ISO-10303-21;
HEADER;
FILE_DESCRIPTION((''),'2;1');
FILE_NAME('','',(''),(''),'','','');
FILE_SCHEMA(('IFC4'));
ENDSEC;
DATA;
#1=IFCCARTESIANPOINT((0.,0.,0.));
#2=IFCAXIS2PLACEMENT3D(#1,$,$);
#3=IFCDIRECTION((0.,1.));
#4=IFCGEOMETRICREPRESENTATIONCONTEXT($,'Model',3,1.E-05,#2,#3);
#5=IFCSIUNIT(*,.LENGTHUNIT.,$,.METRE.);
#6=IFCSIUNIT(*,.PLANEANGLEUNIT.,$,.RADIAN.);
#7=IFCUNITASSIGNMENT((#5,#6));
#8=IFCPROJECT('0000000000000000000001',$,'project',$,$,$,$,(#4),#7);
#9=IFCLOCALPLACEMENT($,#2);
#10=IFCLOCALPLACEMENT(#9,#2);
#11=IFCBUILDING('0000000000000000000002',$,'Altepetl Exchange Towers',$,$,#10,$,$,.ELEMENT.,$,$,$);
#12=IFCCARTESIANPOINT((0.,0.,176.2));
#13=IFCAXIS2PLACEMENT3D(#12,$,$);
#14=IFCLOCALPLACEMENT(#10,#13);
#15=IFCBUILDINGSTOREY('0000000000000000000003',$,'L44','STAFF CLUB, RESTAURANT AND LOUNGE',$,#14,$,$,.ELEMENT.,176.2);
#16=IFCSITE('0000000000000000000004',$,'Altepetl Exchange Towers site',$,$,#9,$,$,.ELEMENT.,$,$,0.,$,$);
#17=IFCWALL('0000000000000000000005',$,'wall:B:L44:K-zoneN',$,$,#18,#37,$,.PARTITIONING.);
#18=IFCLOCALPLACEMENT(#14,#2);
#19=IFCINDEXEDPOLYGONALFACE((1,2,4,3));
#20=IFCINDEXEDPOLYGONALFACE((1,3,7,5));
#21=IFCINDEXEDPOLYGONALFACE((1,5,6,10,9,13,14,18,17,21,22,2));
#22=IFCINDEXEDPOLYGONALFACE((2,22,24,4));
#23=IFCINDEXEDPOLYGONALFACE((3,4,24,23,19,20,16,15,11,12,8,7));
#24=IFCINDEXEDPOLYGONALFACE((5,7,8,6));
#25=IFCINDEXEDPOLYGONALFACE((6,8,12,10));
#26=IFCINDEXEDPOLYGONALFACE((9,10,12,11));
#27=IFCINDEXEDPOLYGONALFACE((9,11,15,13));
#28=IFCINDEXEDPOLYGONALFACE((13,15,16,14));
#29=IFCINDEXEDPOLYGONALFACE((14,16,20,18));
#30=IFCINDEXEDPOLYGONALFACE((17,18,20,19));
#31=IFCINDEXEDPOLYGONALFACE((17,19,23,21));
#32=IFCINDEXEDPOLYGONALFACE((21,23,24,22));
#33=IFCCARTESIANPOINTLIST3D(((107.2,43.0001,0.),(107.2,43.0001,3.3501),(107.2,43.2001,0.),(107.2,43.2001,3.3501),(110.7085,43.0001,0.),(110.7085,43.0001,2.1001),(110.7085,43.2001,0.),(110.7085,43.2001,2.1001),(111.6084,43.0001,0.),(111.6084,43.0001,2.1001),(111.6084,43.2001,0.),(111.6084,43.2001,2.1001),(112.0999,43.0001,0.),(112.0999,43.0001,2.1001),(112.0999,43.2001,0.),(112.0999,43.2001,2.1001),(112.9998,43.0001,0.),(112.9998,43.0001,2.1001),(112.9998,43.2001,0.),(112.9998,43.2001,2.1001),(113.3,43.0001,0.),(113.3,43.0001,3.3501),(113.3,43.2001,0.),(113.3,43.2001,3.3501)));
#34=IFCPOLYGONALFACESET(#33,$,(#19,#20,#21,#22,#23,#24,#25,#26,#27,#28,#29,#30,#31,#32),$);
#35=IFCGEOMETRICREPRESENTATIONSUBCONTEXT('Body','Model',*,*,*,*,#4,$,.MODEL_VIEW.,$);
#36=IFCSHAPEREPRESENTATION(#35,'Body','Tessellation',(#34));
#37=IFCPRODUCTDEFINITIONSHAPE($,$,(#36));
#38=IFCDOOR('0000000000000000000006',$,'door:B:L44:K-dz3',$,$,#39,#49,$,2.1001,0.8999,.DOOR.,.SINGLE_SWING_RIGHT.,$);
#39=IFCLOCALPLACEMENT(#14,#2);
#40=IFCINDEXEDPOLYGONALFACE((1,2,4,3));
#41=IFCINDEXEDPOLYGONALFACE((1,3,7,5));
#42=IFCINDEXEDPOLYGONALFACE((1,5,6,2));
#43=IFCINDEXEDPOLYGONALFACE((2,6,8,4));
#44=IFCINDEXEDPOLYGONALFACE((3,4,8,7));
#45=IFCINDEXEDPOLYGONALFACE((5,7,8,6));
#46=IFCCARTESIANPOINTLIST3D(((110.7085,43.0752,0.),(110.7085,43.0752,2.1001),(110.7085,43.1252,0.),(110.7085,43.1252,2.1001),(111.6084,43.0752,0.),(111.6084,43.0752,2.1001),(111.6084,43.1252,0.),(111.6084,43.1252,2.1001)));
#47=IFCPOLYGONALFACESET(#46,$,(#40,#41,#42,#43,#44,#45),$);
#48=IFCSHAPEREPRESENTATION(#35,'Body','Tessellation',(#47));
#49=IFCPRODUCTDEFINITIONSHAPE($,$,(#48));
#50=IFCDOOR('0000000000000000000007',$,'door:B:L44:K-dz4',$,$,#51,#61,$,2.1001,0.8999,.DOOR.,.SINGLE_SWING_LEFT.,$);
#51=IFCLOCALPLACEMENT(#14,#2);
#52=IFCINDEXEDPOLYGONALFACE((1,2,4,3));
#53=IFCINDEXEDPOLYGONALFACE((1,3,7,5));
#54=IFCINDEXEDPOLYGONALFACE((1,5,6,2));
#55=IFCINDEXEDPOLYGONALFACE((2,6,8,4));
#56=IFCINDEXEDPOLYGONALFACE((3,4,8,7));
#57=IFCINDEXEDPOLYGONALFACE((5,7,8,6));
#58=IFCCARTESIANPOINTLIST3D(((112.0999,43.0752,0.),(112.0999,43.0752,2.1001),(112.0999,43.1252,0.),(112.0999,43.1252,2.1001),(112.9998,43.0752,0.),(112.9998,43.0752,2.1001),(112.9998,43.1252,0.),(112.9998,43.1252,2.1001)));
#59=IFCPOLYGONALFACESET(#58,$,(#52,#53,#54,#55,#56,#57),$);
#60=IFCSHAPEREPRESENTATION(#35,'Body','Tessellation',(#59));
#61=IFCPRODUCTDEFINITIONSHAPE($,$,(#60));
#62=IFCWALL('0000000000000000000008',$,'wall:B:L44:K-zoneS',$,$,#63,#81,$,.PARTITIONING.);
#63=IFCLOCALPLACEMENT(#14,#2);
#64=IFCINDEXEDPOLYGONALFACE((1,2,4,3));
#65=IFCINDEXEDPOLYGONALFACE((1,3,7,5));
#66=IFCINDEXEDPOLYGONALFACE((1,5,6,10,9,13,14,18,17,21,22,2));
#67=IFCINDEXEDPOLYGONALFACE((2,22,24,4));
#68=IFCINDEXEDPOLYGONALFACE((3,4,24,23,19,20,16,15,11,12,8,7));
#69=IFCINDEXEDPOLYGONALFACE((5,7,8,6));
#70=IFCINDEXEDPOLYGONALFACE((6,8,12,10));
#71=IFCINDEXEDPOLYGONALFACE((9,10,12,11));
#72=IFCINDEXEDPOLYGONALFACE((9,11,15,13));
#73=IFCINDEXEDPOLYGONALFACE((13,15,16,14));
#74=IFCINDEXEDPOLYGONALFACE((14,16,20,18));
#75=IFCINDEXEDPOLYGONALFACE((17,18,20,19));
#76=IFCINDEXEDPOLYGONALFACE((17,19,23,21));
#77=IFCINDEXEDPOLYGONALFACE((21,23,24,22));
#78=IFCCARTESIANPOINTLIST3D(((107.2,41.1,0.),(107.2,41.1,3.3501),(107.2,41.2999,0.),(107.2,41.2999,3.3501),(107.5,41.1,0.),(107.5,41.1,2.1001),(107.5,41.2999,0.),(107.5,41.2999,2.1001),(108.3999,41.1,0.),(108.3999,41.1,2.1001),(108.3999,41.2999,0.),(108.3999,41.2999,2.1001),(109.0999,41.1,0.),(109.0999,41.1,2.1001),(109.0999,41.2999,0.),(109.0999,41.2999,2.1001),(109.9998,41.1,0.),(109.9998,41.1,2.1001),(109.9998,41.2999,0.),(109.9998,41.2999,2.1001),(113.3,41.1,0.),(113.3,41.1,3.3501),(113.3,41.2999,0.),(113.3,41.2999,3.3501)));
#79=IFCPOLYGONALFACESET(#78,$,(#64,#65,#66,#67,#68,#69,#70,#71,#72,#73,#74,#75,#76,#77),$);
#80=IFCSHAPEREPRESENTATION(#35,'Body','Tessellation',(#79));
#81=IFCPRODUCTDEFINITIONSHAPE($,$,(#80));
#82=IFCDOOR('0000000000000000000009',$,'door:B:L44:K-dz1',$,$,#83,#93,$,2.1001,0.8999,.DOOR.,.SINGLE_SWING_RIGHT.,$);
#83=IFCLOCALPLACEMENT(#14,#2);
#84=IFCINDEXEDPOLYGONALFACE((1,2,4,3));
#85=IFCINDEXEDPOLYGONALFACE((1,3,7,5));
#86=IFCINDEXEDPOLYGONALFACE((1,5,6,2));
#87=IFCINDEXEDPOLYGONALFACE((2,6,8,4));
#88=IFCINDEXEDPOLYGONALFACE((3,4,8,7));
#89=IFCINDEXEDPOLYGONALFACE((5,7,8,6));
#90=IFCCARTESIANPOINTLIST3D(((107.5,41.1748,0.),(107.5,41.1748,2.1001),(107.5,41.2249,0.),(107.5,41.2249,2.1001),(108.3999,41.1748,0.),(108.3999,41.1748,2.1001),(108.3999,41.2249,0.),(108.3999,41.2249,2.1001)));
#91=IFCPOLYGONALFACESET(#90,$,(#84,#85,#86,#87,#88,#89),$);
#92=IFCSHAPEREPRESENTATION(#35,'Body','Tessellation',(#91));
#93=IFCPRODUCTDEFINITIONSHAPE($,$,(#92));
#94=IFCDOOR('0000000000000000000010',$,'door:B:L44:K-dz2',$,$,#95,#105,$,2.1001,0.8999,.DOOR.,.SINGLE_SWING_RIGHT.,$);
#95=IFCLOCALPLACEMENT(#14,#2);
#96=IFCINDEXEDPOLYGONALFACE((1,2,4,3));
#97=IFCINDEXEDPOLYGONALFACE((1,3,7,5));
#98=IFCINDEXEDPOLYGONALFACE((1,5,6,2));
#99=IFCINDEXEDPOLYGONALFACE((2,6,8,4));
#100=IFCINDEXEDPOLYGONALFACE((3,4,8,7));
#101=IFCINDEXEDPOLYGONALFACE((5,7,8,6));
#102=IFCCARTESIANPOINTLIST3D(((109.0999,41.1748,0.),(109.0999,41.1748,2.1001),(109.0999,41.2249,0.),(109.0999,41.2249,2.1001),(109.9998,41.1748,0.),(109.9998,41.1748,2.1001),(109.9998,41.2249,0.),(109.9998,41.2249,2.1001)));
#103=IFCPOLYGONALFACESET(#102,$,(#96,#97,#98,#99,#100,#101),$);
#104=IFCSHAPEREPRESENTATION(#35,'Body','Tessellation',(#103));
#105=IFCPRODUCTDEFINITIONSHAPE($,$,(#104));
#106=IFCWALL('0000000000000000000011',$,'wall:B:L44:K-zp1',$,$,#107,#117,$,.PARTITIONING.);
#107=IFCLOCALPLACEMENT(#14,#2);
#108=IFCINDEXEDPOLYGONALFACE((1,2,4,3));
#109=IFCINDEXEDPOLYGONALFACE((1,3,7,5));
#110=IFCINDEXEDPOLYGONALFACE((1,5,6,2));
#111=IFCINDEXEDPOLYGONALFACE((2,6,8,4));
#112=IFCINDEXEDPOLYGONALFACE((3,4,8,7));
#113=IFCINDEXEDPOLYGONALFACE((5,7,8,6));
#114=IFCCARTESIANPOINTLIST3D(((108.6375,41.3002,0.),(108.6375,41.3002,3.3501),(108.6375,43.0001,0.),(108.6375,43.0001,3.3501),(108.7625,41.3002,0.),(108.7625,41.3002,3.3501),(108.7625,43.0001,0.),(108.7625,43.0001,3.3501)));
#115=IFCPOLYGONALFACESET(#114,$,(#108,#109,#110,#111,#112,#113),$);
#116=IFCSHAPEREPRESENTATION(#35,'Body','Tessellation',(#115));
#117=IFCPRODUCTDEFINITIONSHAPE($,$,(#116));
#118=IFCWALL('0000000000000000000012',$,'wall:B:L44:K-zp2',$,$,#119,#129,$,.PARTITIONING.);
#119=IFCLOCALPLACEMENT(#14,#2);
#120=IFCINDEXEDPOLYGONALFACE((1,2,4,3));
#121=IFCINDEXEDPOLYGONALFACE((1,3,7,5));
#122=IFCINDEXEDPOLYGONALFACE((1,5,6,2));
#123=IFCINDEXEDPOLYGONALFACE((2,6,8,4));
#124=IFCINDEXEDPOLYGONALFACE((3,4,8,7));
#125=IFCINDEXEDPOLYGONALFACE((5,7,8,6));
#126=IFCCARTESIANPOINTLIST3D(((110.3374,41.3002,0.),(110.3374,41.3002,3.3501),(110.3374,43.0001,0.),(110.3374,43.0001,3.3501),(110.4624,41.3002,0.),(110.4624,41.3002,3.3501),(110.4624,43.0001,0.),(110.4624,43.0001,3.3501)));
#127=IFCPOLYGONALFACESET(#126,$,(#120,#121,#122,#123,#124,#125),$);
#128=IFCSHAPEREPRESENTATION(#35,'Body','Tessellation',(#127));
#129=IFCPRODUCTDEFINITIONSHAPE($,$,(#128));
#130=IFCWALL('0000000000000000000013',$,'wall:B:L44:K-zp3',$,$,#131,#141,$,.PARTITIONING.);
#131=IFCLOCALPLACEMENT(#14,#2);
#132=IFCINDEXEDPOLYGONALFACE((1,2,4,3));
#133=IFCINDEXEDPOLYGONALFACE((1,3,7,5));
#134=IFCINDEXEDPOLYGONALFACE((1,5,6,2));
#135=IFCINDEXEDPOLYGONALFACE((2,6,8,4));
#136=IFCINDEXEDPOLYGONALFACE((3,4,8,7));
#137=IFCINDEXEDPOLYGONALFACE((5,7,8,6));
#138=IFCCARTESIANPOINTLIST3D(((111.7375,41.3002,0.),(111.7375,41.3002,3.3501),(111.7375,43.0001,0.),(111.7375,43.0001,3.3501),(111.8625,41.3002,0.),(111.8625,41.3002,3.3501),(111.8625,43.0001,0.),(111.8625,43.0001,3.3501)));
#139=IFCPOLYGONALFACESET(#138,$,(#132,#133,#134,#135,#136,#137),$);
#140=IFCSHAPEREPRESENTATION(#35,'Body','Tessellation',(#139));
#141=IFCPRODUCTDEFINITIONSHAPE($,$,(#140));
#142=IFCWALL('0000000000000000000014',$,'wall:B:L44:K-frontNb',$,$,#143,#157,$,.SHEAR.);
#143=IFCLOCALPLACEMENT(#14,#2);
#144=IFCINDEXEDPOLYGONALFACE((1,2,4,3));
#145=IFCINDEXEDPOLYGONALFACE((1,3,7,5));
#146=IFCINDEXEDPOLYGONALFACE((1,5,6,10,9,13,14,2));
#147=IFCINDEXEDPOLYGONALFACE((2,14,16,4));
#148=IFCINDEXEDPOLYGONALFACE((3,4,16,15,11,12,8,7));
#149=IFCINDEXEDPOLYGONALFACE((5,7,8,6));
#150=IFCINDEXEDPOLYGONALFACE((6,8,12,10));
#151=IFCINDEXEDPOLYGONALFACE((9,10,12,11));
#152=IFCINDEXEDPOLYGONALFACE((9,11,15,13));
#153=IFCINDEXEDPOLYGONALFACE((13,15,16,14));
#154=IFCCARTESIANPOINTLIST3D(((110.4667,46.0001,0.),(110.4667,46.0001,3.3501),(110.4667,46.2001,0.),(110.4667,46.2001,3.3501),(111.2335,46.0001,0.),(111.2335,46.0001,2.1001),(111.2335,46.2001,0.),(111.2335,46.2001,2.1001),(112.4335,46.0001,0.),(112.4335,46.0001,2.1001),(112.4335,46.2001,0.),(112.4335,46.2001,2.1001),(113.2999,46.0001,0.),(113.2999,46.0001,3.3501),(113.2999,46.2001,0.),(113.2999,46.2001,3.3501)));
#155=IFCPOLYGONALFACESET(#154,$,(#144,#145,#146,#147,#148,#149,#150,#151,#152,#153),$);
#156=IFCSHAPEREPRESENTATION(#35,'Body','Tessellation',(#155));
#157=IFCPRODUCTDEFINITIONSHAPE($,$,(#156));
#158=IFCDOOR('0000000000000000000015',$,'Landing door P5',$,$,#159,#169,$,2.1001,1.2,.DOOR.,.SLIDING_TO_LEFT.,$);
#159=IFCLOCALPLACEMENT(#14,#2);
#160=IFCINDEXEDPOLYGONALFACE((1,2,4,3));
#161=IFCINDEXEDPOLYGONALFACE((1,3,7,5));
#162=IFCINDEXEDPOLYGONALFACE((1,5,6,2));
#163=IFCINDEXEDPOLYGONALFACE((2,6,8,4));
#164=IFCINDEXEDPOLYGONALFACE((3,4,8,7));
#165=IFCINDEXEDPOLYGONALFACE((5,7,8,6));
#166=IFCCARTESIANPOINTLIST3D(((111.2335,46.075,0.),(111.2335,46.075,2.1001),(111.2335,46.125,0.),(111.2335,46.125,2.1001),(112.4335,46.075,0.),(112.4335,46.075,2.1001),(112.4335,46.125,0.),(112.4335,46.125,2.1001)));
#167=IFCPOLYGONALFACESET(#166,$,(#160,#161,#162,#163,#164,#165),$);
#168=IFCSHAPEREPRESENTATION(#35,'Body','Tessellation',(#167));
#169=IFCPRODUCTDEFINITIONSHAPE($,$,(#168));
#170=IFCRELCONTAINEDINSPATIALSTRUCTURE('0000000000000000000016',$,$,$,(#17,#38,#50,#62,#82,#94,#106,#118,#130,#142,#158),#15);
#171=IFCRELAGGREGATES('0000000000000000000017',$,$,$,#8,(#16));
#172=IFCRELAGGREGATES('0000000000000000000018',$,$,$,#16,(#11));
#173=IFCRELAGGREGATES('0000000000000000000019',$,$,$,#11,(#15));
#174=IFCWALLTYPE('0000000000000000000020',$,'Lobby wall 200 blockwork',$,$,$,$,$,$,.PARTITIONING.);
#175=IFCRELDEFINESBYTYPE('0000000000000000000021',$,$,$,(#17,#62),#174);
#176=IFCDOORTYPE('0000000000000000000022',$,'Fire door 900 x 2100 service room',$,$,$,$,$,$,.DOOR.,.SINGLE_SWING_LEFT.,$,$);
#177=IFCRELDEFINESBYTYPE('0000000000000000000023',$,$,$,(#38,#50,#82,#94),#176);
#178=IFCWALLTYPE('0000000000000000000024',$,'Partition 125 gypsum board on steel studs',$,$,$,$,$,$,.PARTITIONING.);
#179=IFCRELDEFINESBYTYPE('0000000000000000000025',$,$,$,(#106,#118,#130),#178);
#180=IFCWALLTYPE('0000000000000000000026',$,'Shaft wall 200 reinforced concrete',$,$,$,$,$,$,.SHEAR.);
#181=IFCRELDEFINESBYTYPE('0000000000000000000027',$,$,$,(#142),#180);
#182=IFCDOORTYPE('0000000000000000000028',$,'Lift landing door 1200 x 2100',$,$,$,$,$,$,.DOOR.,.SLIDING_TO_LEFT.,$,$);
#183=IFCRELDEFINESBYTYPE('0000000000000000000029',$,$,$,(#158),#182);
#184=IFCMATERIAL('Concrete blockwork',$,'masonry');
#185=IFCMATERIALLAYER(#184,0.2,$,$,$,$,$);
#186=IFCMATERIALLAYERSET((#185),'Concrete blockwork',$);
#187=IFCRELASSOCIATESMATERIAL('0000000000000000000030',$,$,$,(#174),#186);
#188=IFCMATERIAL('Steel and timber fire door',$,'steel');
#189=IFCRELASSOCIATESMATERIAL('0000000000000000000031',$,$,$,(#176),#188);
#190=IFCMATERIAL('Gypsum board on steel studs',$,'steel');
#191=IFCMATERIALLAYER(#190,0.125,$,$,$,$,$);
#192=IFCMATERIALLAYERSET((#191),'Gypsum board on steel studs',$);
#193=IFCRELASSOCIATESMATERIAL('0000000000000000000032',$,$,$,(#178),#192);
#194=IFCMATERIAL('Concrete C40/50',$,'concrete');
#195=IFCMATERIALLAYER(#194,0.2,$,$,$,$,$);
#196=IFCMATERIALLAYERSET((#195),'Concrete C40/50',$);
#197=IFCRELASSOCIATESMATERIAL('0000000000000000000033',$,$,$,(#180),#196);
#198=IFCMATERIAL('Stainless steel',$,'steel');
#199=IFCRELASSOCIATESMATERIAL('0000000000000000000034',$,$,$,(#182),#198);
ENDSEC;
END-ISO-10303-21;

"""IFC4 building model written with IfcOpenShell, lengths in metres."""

from ifc_helpers import new_model, si_unit, direction, frame, frame_2d, origin, place, context, subcontext, project, spatial, rectangle, extrude, material, layer, layer_set, type_object, element, fill, save


model = new_model("IFC4")

# Units and contexts
model_context = context("Model", 3, precision=1e-05, world=origin(), true_north=direction((0.0, 1.0)))
body_context = subcontext(model_context, "Body", "Model", "MODEL_VIEW")
ifc_project = project(units=[si_unit("LENGTHUNIT", "METRE"), si_unit("PLANEANGLEUNIT", "RADIAN")], contexts=[model_context])

# Site, building, storey
site_placement = place(None, origin())
site = spatial("IfcSite", under=ifc_project, at=site_placement, Name="Altepetl Exchange Towers site", CompositionType="ELEMENT", RefElevation=0.0)
building_placement = place(site_placement, origin())
building = spatial("IfcBuilding", under=site, at=building_placement, Name="Altepetl Exchange Towers", CompositionType="ELEMENT")
storey_placement = place(building_placement, frame((0.0, 0.0, 176.2)))
storey = spatial("IfcBuildingStorey", under=building, at=storey_placement, Name="L44", Description="STAFF CLUB, RESTAURANT AND LOUNGE", CompositionType="ELEMENT", Elevation=176.2)

# Walls, openings, doors
ifc_material_1 = material(Name="Concrete blockwork", Category="masonry")
ifc_layer_1 = layer(ifc_material_1, 0.2)
ifc_layer_set_1 = layer_set([ifc_layer_1], Name="Concrete blockwork")
wall_type_1 = type_object("IfcWallType", Name="Lobby wall 200 blockwork", PredefinedType="PARTITIONING", material=ifc_layer_set_1)
wall_1_placement = place(storey_placement, frame((107.2, 43.1001, 0.0)))
wall_1 = element("IfcWall", 1, at=wall_1_placement, inside=storey, type_object=wall_type_1, Name="wall:B:L44:K-zoneN", PredefinedType="PARTITIONING", context=body_context, shape_type="SweptSolid", body=[
    extrude(rectangle(XDim=6.1001, YDim=0.2, at=frame_2d((3.05, 0.0))), origin(), (0.0, 0.0, 1.0), 3.3501),
])
opening_1_placement = place(wall_1_placement, frame((3.5085, 0.0, 0.0)))
opening_1 = element("IfcOpeningElement", 2, at=opening_1_placement, cuts=wall_1, PredefinedType="OPENING", context=body_context, shape_type="SweptSolid", body=[
    extrude(rectangle(XDim=0.8999, YDim=2.1001, at=frame_2d((0.45, 1.05))), frame((0.0, 0.1099, 0.0), z_axis=(0.0, -1.0, 0.0), x_axis=(1.0, 0.0, 0.0)), (0.0, 0.0, 1.0), 0.22),
])
opening_2_placement = place(wall_1_placement, frame((4.8999, 0.0, 0.0)))
opening_2 = element("IfcOpeningElement", 3, at=opening_2_placement, cuts=wall_1, PredefinedType="OPENING", context=body_context, shape_type="SweptSolid", body=[
    extrude(rectangle(XDim=0.8999, YDim=2.1001, at=frame_2d((0.45, 1.05))), frame((0.0, 0.1099, 0.0), z_axis=(0.0, -1.0, 0.0), x_axis=(1.0, 0.0, 0.0)), (0.0, 0.0, 1.0), 0.22),
])
ifc_material_2 = material(Name="Steel and timber fire door", Category="steel")
door_type_1 = type_object("IfcDoorType", Name="Fire door 900 x 2100 service room", OperationType="SINGLE_SWING_LEFT", PredefinedType="DOOR", material=ifc_material_2)
door_1_placement = place(opening_1_placement, frame((0.8999, 0.0, 0.0), x_axis=(-1.0, 0.0, 0.0)))
door_1 = element("IfcDoor", 4, at=door_1_placement, inside=storey, type_object=door_type_1, Name="door:B:L44:K-dz3", OperationType="SINGLE_SWING_RIGHT", OverallHeight=2.1001, OverallWidth=0.8999, PredefinedType="DOOR", context=body_context, shape_type="SweptSolid", body=[
    extrude(rectangle(XDim=0.8999, YDim=2.1001, at=frame_2d((0.45, 1.05))), frame((0.0, 0.0249, 0.0), z_axis=(0.0, -1.0, 0.0), x_axis=(1.0, 0.0, 0.0)), (0.0, 0.0, 1.0), 0.05),
])
fill(opening_1, door_1)
door_2_placement = place(opening_2_placement, frame((0.8999, 0.0, 0.0), x_axis=(-1.0, 0.0, 0.0)))
door_2 = element("IfcDoor", 5, at=door_2_placement, inside=storey, type_object=door_type_1, Name="door:B:L44:K-dz4", OperationType="SINGLE_SWING_LEFT", OverallHeight=2.1001, OverallWidth=0.8999, PredefinedType="DOOR", context=body_context, shape_type="SweptSolid", body=[
    extrude(rectangle(XDim=0.8999, YDim=2.1001, at=frame_2d((0.45, 1.05))), frame((0.0, 0.0249, 0.0), z_axis=(0.0, -1.0, 0.0), x_axis=(1.0, 0.0, 0.0)), (0.0, 0.0, 1.0), 0.05),
])
fill(opening_2, door_2)
wall_2_placement = place(storey_placement, frame((107.2, 41.2, 0.0)))
wall_2 = element("IfcWall", 6, at=wall_2_placement, inside=storey, type_object=wall_type_1, Name="wall:B:L44:K-zoneS", PredefinedType="PARTITIONING", context=body_context, shape_type="SweptSolid", body=[
    extrude(rectangle(XDim=6.1001, YDim=0.2, at=frame_2d((3.05, 0.0))), origin(), (0.0, 0.0, 1.0), 3.3501),
])
opening_3_placement = place(wall_2_placement, frame((0.3, 0.0, 0.0)))
opening_3 = element("IfcOpeningElement", 7, at=opening_3_placement, cuts=wall_2, PredefinedType="OPENING", context=body_context, shape_type="SweptSolid", body=[
    extrude(rectangle(XDim=0.8999, YDim=2.1001, at=frame_2d((0.45, 1.05))), frame((0.0, 0.1099, 0.0), z_axis=(0.0, -1.0, 0.0), x_axis=(1.0, 0.0, 0.0)), (0.0, 0.0, 1.0), 0.22),
])
opening_4_placement = place(wall_2_placement, frame((1.8999, 0.0, 0.0)))
opening_4 = element("IfcOpeningElement", 8, at=opening_4_placement, cuts=wall_2, PredefinedType="OPENING", context=body_context, shape_type="SweptSolid", body=[
    extrude(rectangle(XDim=0.8999, YDim=2.1001, at=frame_2d((0.45, 1.05))), frame((0.0, 0.1099, 0.0), z_axis=(0.0, -1.0, 0.0), x_axis=(1.0, 0.0, 0.0)), (0.0, 0.0, 1.0), 0.22),
])
door_3_placement = place(opening_3_placement, origin())
door_3 = element("IfcDoor", 9, at=door_3_placement, inside=storey, type_object=door_type_1, Name="door:B:L44:K-dz1", OperationType="SINGLE_SWING_RIGHT", OverallHeight=2.1001, OverallWidth=0.8999, PredefinedType="DOOR", context=body_context, shape_type="SweptSolid", body=[
    extrude(rectangle(XDim=0.8999, YDim=2.1001, at=frame_2d((0.45, 1.05))), frame((0.0, 0.0249, 0.0), z_axis=(0.0, -1.0, 0.0), x_axis=(1.0, 0.0, 0.0)), (0.0, 0.0, 1.0), 0.05),
])
fill(opening_3, door_3)
door_4_placement = place(opening_4_placement, origin())
door_4 = element("IfcDoor", 10, at=door_4_placement, inside=storey, type_object=door_type_1, Name="door:B:L44:K-dz2", OperationType="SINGLE_SWING_RIGHT", OverallHeight=2.1001, OverallWidth=0.8999, PredefinedType="DOOR", context=body_context, shape_type="SweptSolid", body=[
    extrude(rectangle(XDim=0.8999, YDim=2.1001, at=frame_2d((0.45, 1.05))), frame((0.0, 0.0249, 0.0), z_axis=(0.0, -1.0, 0.0), x_axis=(1.0, 0.0, 0.0)), (0.0, 0.0, 1.0), 0.05),
])
fill(opening_4, door_4)

# Walls
ifc_material_3 = material(Name="Gypsum board on steel studs", Category="steel")
ifc_layer_2 = layer(ifc_material_3, 0.125)
ifc_layer_set_2 = layer_set([ifc_layer_2], Name="Gypsum board on steel studs")
wall_type_2 = type_object("IfcWallType", Name="Partition 125 gypsum board on steel studs", PredefinedType="PARTITIONING", material=ifc_layer_set_2)
for number, where, z_axis, x_axis, name in (
    (11, (108.7, 41.3, 0.0), (0.0, 0.0, 1.0), (0.0, 1.0, 0.0), "wall:B:L44:K-zp1"),
    (12, (110.3999, 41.3, 0.0), (0.0, 0.0, 1.0), (0.0, 1.0, 0.0), "wall:B:L44:K-zp2"),
    (13, (111.8, 41.3, 0.0), (0.0, 0.0, 1.0), (0.0, 1.0, 0.0), "wall:B:L44:K-zp3"),
):
    element("IfcWall", number, at=place(storey_placement, frame(where, z_axis=z_axis, x_axis=x_axis)), inside=storey, type_object=wall_type_2, Name=name, PredefinedType="PARTITIONING", context=body_context, shape_type="SweptSolid", body=[
        extrude(rectangle(XDim=1.7, YDim=0.125, at=frame_2d((0.8501, 0.0))), origin(), (0.0, 0.0, 1.0), 3.3501),
    ])

# Wall, opening, door
ifc_material_4 = material(Name="Concrete C40/50", Category="concrete")
ifc_layer_3 = layer(ifc_material_4, 0.2)
ifc_layer_set_3 = layer_set([ifc_layer_3], Name="Concrete C40/50")
wall_type_3 = type_object("IfcWallType", Name="Shaft wall 200 reinforced concrete", PredefinedType="SHEAR", material=ifc_layer_set_3)
wall_3_placement = place(storey_placement, frame((110.4668, 46.1001, 0.0)))
wall_3 = element("IfcWall", 14, at=wall_3_placement, inside=storey, type_object=wall_type_3, Name="wall:B:L44:K-frontNb", PredefinedType="SHEAR", context=body_context, shape_type="SweptSolid", body=[
    extrude(rectangle(XDim=2.8333, YDim=0.2, at=frame_2d((1.4165, 0.0))), origin(), (0.0, 0.0, 1.0), 3.3501),
])
opening_5_placement = place(wall_3_placement, frame((0.7666, 0.0, 0.0)))
opening_5 = element("IfcOpeningElement", 15, at=opening_5_placement, cuts=wall_3, PredefinedType="OPENING", context=body_context, shape_type="SweptSolid", body=[
    extrude(rectangle(XDim=1.2, YDim=2.1001, at=frame_2d((0.6001, 1.05))), frame((0.0, 0.1099, 0.0), z_axis=(0.0, -1.0, 0.0), x_axis=(1.0, 0.0, 0.0)), (0.0, 0.0, 1.0), 0.22),
])
ifc_material_5 = material(Name="Stainless steel", Category="steel")
door_type_2 = type_object("IfcDoorType", Name="Lift landing door 1200 x 2100", OperationType="SLIDING_TO_LEFT", PredefinedType="DOOR", material=ifc_material_5)
door_5_placement = place(opening_5_placement, origin())
door_5 = element("IfcDoor", 16, at=door_5_placement, inside=storey, type_object=door_type_2, Name="Landing door P5", OperationType="SLIDING_TO_LEFT", OverallHeight=2.1001, OverallWidth=1.2, PredefinedType="DOOR", context=body_context, shape_type="SweptSolid", body=[
    extrude(rectangle(XDim=1.2, YDim=2.1001, at=frame_2d((0.6001, 1.05))), frame((0.0, 0.0249, 0.0), z_axis=(0.0, -1.0, 0.0), x_axis=(1.0, 0.0, 0.0)), (0.0, 0.0, 1.0), 0.05),
])
fill(opening_5, door_5)

save(model, "model.ifc")
